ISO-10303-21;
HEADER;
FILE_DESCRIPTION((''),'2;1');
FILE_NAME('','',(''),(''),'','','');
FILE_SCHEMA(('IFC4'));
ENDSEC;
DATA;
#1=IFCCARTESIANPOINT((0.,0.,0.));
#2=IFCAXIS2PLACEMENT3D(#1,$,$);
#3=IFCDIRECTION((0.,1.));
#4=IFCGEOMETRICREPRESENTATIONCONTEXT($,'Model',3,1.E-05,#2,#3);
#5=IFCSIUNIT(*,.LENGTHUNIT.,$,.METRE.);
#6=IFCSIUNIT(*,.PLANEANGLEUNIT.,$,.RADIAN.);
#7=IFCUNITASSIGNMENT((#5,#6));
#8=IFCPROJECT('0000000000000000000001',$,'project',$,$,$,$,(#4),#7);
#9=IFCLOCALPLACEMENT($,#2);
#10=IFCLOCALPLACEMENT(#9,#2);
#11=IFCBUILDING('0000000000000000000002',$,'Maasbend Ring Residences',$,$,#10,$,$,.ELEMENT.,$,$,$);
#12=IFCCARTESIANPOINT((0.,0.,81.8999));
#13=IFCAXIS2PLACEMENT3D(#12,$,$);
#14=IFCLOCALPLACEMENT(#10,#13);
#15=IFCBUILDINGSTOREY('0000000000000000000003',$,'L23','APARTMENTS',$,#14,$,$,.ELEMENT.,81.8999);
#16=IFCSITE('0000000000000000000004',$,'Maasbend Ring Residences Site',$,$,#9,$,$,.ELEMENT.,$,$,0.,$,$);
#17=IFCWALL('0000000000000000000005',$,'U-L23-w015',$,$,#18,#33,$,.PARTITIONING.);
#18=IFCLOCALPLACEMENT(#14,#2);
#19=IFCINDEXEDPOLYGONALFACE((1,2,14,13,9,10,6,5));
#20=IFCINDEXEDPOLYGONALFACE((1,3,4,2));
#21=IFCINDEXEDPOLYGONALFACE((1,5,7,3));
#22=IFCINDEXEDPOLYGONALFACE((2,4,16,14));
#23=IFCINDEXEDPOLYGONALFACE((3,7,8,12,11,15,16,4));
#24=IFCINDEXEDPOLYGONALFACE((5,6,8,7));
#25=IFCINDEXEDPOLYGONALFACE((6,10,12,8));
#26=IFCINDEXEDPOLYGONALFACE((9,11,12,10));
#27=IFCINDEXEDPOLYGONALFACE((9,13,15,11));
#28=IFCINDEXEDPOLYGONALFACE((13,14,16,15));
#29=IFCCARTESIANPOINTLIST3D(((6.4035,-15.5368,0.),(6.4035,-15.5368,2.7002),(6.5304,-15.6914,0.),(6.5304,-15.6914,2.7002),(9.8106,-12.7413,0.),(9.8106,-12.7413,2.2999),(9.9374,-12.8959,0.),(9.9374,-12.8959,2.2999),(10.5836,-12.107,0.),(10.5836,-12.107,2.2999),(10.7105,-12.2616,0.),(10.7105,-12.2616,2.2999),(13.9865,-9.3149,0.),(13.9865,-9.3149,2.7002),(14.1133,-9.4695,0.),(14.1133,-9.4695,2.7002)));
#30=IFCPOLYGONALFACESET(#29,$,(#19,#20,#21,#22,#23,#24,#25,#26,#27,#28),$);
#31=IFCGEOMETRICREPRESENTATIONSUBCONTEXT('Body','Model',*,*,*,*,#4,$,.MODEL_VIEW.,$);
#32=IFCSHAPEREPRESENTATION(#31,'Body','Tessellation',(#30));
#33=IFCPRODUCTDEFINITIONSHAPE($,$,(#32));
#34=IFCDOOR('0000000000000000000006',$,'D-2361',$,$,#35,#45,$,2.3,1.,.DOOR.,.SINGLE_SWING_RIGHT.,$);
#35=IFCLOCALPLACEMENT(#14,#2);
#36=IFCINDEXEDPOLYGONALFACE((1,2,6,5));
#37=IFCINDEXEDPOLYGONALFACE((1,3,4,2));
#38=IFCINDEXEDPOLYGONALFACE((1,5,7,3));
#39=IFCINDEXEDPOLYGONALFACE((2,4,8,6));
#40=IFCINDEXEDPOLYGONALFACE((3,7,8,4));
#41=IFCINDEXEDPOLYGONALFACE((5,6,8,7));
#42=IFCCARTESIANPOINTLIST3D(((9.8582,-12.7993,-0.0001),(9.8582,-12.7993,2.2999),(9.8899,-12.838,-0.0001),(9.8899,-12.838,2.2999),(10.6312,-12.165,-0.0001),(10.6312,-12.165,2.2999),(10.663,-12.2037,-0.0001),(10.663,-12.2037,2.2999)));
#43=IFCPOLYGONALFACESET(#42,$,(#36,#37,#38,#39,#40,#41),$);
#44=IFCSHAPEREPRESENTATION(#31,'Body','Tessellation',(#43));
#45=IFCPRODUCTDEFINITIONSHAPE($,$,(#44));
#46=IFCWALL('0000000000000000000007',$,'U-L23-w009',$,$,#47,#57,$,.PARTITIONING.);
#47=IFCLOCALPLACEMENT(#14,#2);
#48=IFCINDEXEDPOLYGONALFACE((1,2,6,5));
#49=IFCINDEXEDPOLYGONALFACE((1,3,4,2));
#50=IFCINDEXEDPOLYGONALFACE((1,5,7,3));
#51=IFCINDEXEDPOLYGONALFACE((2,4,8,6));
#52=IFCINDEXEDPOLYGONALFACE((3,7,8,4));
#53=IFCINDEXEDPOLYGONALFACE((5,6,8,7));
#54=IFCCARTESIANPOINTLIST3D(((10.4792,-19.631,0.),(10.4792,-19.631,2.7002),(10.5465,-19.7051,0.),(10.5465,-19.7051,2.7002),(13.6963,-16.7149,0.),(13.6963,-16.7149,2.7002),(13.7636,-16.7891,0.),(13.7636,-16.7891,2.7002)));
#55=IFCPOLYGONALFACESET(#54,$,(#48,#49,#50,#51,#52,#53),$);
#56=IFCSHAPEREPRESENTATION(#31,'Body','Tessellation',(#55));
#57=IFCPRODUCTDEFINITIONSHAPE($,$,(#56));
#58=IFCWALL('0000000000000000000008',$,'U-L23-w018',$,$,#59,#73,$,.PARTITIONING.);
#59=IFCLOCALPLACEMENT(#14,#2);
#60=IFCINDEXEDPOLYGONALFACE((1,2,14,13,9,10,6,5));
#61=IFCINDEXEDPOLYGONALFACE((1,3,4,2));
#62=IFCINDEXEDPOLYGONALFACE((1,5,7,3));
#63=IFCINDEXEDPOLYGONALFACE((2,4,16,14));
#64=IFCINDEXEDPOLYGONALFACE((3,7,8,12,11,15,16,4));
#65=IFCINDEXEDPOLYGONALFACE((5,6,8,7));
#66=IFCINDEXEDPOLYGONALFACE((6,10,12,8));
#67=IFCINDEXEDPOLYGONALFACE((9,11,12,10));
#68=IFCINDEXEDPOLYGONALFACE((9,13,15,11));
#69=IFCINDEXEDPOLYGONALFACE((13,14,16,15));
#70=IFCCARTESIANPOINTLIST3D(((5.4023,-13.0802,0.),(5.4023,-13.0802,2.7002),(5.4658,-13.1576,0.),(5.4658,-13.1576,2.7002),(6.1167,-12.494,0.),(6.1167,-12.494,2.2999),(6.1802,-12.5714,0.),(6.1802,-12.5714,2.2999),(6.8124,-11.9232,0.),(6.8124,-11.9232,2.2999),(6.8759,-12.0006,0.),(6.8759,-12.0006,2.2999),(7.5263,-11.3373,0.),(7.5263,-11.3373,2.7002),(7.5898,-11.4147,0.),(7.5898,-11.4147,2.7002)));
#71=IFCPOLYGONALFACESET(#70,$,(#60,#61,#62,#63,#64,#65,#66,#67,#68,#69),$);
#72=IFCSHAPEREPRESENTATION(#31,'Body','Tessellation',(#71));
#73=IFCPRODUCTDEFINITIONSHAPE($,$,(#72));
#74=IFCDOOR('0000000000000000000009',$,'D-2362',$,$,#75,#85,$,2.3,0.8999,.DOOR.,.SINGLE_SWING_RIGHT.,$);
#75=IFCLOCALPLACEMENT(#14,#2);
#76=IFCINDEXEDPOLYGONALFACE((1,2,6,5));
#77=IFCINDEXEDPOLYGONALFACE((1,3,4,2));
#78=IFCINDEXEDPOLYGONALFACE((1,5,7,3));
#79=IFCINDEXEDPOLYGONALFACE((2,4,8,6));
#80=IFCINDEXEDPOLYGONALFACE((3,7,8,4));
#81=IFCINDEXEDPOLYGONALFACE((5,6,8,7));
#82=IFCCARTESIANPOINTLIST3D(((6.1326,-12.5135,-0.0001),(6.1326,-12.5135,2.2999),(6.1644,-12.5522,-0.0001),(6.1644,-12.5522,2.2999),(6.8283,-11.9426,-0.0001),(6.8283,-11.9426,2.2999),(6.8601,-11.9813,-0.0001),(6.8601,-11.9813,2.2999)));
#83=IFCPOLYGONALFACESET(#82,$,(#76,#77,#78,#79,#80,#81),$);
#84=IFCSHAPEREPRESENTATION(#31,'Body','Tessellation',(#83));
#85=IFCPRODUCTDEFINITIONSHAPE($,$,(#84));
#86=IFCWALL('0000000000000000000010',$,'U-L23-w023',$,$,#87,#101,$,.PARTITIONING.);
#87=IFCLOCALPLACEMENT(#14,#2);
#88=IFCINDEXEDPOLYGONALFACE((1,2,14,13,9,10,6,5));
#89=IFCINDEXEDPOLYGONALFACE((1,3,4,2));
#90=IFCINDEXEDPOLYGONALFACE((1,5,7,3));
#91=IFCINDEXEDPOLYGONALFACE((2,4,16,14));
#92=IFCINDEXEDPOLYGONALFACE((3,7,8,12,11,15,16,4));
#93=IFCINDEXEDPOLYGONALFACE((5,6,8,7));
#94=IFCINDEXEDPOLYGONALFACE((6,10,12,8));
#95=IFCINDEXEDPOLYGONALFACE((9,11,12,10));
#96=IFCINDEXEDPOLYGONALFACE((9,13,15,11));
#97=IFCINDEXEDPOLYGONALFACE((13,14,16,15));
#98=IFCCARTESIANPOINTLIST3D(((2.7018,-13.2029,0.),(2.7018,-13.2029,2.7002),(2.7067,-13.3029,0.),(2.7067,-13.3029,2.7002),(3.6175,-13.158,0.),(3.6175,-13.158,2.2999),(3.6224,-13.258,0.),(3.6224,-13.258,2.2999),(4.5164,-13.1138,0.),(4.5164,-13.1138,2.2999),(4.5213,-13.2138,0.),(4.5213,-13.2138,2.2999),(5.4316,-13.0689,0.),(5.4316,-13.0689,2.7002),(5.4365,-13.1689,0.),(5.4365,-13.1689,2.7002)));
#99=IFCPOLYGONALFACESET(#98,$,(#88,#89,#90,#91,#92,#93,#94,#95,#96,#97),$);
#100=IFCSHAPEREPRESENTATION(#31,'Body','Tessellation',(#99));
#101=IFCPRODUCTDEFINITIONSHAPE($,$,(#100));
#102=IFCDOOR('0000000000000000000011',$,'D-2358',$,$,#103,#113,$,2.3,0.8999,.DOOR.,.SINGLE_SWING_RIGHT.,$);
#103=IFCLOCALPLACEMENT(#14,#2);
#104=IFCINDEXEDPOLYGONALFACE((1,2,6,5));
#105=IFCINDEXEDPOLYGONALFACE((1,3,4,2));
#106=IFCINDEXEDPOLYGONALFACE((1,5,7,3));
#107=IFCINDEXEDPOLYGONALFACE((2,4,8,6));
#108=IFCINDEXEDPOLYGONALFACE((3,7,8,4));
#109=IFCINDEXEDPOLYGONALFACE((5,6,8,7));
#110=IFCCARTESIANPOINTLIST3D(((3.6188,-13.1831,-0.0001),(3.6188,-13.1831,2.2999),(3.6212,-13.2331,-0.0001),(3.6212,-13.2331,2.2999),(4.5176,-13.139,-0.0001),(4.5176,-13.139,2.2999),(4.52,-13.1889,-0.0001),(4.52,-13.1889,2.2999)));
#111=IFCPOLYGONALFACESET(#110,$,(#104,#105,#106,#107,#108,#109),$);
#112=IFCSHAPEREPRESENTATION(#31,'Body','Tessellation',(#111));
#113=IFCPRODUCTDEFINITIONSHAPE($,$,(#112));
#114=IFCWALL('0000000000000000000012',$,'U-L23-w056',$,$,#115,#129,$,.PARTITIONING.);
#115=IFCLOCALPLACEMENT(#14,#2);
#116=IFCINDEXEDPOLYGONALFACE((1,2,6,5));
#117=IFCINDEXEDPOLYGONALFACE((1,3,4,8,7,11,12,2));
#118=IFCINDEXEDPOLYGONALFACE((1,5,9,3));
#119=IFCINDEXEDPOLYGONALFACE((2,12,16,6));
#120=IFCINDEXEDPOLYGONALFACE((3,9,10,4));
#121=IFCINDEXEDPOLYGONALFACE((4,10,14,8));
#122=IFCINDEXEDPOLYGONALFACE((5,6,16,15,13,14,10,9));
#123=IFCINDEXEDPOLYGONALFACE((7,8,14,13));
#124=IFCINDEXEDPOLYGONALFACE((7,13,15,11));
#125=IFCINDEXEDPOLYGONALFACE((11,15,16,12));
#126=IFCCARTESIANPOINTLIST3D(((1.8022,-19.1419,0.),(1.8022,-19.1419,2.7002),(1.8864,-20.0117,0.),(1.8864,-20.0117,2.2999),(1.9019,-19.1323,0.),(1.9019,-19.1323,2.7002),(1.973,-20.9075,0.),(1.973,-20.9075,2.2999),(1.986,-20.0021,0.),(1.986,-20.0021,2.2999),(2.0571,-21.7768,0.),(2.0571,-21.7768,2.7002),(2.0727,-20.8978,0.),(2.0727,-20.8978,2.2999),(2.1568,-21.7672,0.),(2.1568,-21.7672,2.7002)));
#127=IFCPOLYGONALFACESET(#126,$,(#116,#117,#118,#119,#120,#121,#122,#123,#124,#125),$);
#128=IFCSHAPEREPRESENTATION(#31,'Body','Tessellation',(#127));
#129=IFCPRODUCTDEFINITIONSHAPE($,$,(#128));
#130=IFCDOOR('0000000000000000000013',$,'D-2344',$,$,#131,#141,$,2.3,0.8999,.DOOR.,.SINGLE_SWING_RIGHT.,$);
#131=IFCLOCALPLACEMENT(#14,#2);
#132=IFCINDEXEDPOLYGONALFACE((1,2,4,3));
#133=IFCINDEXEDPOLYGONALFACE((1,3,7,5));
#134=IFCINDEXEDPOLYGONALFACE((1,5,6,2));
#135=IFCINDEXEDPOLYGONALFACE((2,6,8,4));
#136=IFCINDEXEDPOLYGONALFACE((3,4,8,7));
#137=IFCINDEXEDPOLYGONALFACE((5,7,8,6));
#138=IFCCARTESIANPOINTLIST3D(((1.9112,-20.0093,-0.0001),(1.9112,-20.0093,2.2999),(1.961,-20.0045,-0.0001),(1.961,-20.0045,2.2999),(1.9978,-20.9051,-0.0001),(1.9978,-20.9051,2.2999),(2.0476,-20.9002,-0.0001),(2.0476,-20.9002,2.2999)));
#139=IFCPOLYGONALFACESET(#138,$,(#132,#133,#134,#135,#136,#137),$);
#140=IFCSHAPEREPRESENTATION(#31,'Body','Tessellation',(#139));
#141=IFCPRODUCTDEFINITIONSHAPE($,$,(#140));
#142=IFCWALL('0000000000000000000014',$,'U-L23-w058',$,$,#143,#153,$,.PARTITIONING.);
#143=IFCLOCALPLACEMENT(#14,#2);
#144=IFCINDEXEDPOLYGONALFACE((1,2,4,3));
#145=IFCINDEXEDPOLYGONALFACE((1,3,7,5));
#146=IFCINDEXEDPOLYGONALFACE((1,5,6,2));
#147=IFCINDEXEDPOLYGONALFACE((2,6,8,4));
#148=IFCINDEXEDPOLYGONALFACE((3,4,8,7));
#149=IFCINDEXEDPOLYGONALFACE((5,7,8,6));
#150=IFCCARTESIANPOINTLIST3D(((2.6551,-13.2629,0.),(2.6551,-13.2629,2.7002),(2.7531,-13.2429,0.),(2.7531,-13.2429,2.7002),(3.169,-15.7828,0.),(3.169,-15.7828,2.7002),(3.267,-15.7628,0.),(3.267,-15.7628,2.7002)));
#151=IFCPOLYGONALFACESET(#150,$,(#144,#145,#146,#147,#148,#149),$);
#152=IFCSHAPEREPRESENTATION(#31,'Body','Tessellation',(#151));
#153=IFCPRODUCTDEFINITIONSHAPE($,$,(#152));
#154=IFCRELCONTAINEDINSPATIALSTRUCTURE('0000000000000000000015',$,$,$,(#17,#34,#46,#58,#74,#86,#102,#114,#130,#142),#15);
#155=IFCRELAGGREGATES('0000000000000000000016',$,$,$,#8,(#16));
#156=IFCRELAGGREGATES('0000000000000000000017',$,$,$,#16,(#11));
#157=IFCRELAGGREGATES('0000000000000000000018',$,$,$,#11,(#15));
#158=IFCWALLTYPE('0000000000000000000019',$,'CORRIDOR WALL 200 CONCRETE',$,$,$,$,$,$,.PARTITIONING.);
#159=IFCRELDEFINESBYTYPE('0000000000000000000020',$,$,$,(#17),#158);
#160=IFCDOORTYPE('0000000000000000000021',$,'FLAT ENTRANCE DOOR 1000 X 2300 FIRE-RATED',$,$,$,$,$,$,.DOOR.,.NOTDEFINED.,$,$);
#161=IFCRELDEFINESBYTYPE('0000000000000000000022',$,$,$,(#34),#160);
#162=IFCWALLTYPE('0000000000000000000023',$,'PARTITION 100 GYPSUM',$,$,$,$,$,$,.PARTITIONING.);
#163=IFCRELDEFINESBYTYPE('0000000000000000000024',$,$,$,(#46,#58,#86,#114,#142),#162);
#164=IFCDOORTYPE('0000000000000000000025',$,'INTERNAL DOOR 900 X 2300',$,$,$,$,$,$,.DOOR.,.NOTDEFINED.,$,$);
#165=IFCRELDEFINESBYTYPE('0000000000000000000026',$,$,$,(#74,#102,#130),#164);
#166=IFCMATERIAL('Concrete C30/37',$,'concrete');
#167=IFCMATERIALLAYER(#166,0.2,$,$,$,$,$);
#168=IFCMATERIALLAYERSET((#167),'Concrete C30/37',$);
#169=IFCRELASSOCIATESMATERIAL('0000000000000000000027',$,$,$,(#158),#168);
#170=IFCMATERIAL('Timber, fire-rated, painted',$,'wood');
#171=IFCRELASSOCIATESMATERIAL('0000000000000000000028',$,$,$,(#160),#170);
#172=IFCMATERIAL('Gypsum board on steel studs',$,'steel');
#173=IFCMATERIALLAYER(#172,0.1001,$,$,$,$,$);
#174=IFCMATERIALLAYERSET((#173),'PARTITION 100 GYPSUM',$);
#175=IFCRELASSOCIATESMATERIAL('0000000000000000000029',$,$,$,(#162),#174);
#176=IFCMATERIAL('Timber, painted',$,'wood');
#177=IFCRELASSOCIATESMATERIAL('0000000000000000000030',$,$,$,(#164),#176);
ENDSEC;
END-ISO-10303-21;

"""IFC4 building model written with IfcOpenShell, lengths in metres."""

from ifc_helpers import new_model, si_unit, direction, frame, frame_2d, origin, place, context, subcontext, project, spatial, rectangle, extrude, material, layer, layer_set, type_object, element, fill, save


model = new_model("IFC4")

# Units and contexts
model_context = context("Model", 3, precision=1e-05, world=origin(), true_north=direction((0.0, 1.0)))
body_context = subcontext(model_context, "Body", "Model", "MODEL_VIEW")
ifc_project = project(units=[si_unit("LENGTHUNIT", "METRE"), si_unit("PLANEANGLEUNIT", "RADIAN")], contexts=[model_context])

# Site, building, storey
site_placement = place(None, origin())
site = spatial("IfcSite", under=ifc_project, at=site_placement, Name="Maasbend Ring Residences Site", CompositionType="ELEMENT", RefElevation=0.0)
building_placement = place(site_placement, origin())
building = spatial("IfcBuilding", under=site, at=building_placement, Name="Maasbend Ring Residences", CompositionType="ELEMENT")
storey_placement = place(building_placement, frame((0.0, 0.0, 81.8999)))
storey = spatial("IfcBuildingStorey", under=building, at=storey_placement, Name="L23", Description="APARTMENTS", CompositionType="ELEMENT", Elevation=81.8999)

# Wall, opening, door
ifc_material_1 = material(Name="Concrete C30/37", Category="concrete")
ifc_layer_1 = layer(ifc_material_1, 0.2)
ifc_layer_set_1 = layer_set([ifc_layer_1], Name="Concrete C30/37")
wall_type_1 = type_object("IfcWallType", Name="CORRIDOR WALL 200 CONCRETE", PredefinedType="PARTITIONING", material=ifc_layer_set_1)
ifc_material_2 = material(Name="Timber, fire-rated, painted", Category="wood")
door_type_1 = type_object("IfcDoorType", Name="FLAT ENTRANCE DOOR 1000 X 2300 FIRE-RATED", OperationType="NOTDEFINED", PredefinedType="DOOR", material=ifc_material_2)
wall_1_placement = place(storey_placement, frame((6.467, -15.614, 0.0), z_axis=(0.0, 0.0, 1.0), x_axis=(0.773075, 0.634315, 0.0)))
wall_1 = element("IfcWall", 1, at=wall_1_placement, inside=storey, type_object=wall_type_1, Name="U-L23-w015", PredefinedType="PARTITIONING", context=body_context, shape_type="SweptSolid", body=[
    extrude(rectangle(XDim=9.8088, YDim=0.2, at=frame_2d((4.9043, 0.0))), origin(), (0.0, 0.0, 1.0), 2.7002),
])
opening_1_placement = place(wall_1_placement, frame((4.407, 0.0, 0.0)))
opening_1 = element("IfcOpeningElement", 2, at=opening_1_placement, cuts=wall_1, PredefinedType="OPENING", context=body_context, shape_type="SweptSolid", body=[
    extrude(rectangle(XDim=1.0, YDim=2.3, at=frame_2d((0.5, 1.1499))), frame((0.0, 0.1099, 0.0), z_axis=(0.0, -1.0, 0.0), x_axis=(1.0, 0.0, 0.0)), (0.0, 0.0, 1.0), 0.22),
])
door_1_placement = place(opening_1_placement, origin())
door_1 = element("IfcDoor", 3, at=door_1_placement, inside=storey, type_object=door_type_1, Name="D-2361", OperationType="SINGLE_SWING_RIGHT", OverallHeight=2.3, OverallWidth=1.0, PredefinedType="DOOR", context=body_context, shape_type="SweptSolid", body=[
    extrude(rectangle(XDim=1.0, YDim=2.3, at=frame_2d((0.5, 1.1499))), frame((0.0, 0.0249, 0.0), z_axis=(0.0, -1.0, 0.0), x_axis=(1.0, 0.0, 0.0)), (0.0, 0.0, 1.0), 0.05),
])
fill(opening_1, door_1)

# Wall
ifc_material_3 = material(Name="Gypsum board on steel studs", Category="steel")
ifc_layer_2 = layer(ifc_material_3, 0.1001)
ifc_layer_set_2 = layer_set([ifc_layer_2], Name="PARTITION 100 GYPSUM")
wall_type_2 = type_object("IfcWallType", Name="PARTITION 100 GYPSUM", PredefinedType="PARTITIONING", material=ifc_layer_set_2)
wall_2_placement = place(storey_placement, frame((10.5129, -19.668, 0.0), z_axis=(0.0, 0.0, 1.0), x_axis=(0.740921, 0.671592, 0.0)))
element("IfcWall", 4, at=wall_2_placement, inside=storey, type_object=wall_type_2, Name="U-L23-w009", PredefinedType="PARTITIONING", context=body_context, shape_type="SweptSolid", body=[
    extrude(rectangle(XDim=4.342, YDim=0.1001, at=frame_2d((2.1709, 0.0))), origin(), (0.0, 0.0, 1.0), 2.7002),
])

# Walls, openings, doors
wall_3_placement = place(storey_placement, frame((5.4341, -13.1189, 0.0), z_axis=(0.0, 0.0, 1.0), x_axis=(0.77305, 0.634345, 0.0)))
wall_3 = element("IfcWall", 5, at=wall_3_placement, inside=storey, type_object=wall_type_2, Name="U-L23-w018", PredefinedType="PARTITIONING", context=body_context, shape_type="SweptSolid", body=[
    extrude(rectangle(XDim=2.7476, YDim=0.1001, at=frame_2d((1.3738, 0.0))), origin(), (0.0, 0.0, 1.0), 2.7002),
])
opening_2_placement = place(wall_3_placement, frame((0.9241, 0.0, 0.0)))
opening_2 = element("IfcOpeningElement", 6, at=opening_2_placement, cuts=wall_3, PredefinedType="OPENING", context=body_context, shape_type="SweptSolid", body=[
    extrude(rectangle(XDim=0.8999, YDim=2.3, at=frame_2d((0.45, 1.1499))), frame((0.0, 0.0601, 0.0), z_axis=(0.0, -1.0, 0.0), x_axis=(1.0, 0.0, 0.0)), (0.0, 0.0, 1.0), 0.1201),
])
ifc_material_4 = material(Name="Timber, painted", Category="wood")
door_type_2 = type_object("IfcDoorType", Name="INTERNAL DOOR 900 X 2300", OperationType="NOTDEFINED", PredefinedType="DOOR", material=ifc_material_4)
door_2_placement = place(opening_2_placement, origin())
door_2 = element("IfcDoor", 7, at=door_2_placement, inside=storey, type_object=door_type_2, Name="D-2362", OperationType="SINGLE_SWING_RIGHT", OverallHeight=2.3, OverallWidth=0.8999, PredefinedType="DOOR", context=body_context, shape_type="SweptSolid", body=[
    extrude(rectangle(XDim=0.8999, YDim=2.3, at=frame_2d((0.45, 1.1499))), frame((0.0, 0.0249, 0.0), z_axis=(0.0, -1.0, 0.0), x_axis=(1.0, 0.0, 0.0)), (0.0, 0.0, 1.0), 0.05),
])
fill(opening_2, door_2)
wall_4_placement = place(storey_placement, frame((2.7041, -13.2529, 0.0), z_axis=(0.0, 0.0, 1.0), x_axis=(0.998797, 0.049038, 0.0)))
wall_4 = element("IfcWall", 8, at=wall_4_placement, inside=storey, type_object=wall_type_2, Name="U-L23-w023", PredefinedType="PARTITIONING", context=body_context, shape_type="SweptSolid", body=[
    extrude(rectangle(XDim=2.7332, YDim=0.1001, at=frame_2d((1.3667, 0.0))), origin(), (0.0, 0.0, 1.0), 2.7002),
])
opening_3_placement = place(wall_4_placement, frame((0.917, 0.0, 0.0)))
opening_3 = element("IfcOpeningElement", 9, at=opening_3_placement, cuts=wall_4, PredefinedType="OPENING", context=body_context, shape_type="SweptSolid", body=[
    extrude(rectangle(XDim=0.8999, YDim=2.3, at=frame_2d((0.45, 1.1499))), frame((0.0, 0.0601, 0.0), z_axis=(0.0, -1.0, 0.0), x_axis=(1.0, 0.0, 0.0)), (0.0, 0.0, 1.0), 0.1201),
])
door_3_placement = place(opening_3_placement, origin())
door_3 = element("IfcDoor", 10, at=door_3_placement, inside=storey, type_object=door_type_2, Name="D-2358", OperationType="SINGLE_SWING_RIGHT", OverallHeight=2.3, OverallWidth=0.8999, PredefinedType="DOOR", context=body_context, shape_type="SweptSolid", body=[
    extrude(rectangle(XDim=0.8999, YDim=2.3, at=frame_2d((0.45, 1.1499))), frame((0.0, 0.0249, 0.0), z_axis=(0.0, -1.0, 0.0), x_axis=(1.0, 0.0, 0.0)), (0.0, 0.0, 1.0), 0.05),
])
fill(opening_3, door_3)
wall_5_placement = place(storey_placement, frame((1.8521, -19.137, 0.0), z_axis=(0.0, 0.0, 1.0), x_axis=(0.09628, -0.995354, 0.0)))
wall_5 = element("IfcWall", 11, at=wall_5_placement, inside=storey, type_object=wall_type_2, Name="U-L23-w056", PredefinedType="PARTITIONING", context=body_context, shape_type="SweptSolid", body=[
    extrude(rectangle(XDim=2.6472, YDim=0.1001, at=frame_2d((1.3237, 0.0))), origin(), (0.0, 0.0, 1.0), 2.7002),
])
opening_4_placement = place(wall_5_placement, frame((0.874, 0.0, 0.0)))
opening_4 = element("IfcOpeningElement", 12, at=opening_4_placement, cuts=wall_5, PredefinedType="OPENING", context=body_context, shape_type="SweptSolid", body=[
    extrude(rectangle(XDim=0.8999, YDim=2.3, at=frame_2d((0.45, 1.1499))), frame((0.0, 0.0601, 0.0), z_axis=(0.0, -1.0, 0.0), x_axis=(1.0, 0.0, 0.0)), (0.0, 0.0, 1.0), 0.1201),
])
door_4_placement = place(opening_4_placement, origin())
door_4 = element("IfcDoor", 13, at=door_4_placement, inside=storey, type_object=door_type_2, Name="D-2344", OperationType="SINGLE_SWING_RIGHT", OverallHeight=2.3, OverallWidth=0.8999, PredefinedType="DOOR", context=body_context, shape_type="SweptSolid", body=[
    extrude(rectangle(XDim=0.8999, YDim=2.3, at=frame_2d((0.45, 1.1499))), frame((0.0, 0.0249, 0.0), z_axis=(0.0, -1.0, 0.0), x_axis=(1.0, 0.0, 0.0)), (0.0, 0.0, 1.0), 0.05),
])
fill(opening_4, door_4)

# Wall
wall_6_placement = place(storey_placement, frame((2.7041, -13.2529, 0.0), z_axis=(0.0, 0.0, 1.0), x_axis=(0.199821, -0.979833, 0.0)))
element("IfcWall", 14, at=wall_6_placement, inside=storey, type_object=wall_type_2, Name="U-L23-w058", PredefinedType="PARTITIONING", context=body_context, shape_type="SweptSolid", body=[
    extrude(rectangle(XDim=2.5718, YDim=0.1001, at=frame_2d((1.2859, 0.0))), origin(), (0.0, 0.0, 1.0), 2.7002),
])

save(model, "model.ifc")
